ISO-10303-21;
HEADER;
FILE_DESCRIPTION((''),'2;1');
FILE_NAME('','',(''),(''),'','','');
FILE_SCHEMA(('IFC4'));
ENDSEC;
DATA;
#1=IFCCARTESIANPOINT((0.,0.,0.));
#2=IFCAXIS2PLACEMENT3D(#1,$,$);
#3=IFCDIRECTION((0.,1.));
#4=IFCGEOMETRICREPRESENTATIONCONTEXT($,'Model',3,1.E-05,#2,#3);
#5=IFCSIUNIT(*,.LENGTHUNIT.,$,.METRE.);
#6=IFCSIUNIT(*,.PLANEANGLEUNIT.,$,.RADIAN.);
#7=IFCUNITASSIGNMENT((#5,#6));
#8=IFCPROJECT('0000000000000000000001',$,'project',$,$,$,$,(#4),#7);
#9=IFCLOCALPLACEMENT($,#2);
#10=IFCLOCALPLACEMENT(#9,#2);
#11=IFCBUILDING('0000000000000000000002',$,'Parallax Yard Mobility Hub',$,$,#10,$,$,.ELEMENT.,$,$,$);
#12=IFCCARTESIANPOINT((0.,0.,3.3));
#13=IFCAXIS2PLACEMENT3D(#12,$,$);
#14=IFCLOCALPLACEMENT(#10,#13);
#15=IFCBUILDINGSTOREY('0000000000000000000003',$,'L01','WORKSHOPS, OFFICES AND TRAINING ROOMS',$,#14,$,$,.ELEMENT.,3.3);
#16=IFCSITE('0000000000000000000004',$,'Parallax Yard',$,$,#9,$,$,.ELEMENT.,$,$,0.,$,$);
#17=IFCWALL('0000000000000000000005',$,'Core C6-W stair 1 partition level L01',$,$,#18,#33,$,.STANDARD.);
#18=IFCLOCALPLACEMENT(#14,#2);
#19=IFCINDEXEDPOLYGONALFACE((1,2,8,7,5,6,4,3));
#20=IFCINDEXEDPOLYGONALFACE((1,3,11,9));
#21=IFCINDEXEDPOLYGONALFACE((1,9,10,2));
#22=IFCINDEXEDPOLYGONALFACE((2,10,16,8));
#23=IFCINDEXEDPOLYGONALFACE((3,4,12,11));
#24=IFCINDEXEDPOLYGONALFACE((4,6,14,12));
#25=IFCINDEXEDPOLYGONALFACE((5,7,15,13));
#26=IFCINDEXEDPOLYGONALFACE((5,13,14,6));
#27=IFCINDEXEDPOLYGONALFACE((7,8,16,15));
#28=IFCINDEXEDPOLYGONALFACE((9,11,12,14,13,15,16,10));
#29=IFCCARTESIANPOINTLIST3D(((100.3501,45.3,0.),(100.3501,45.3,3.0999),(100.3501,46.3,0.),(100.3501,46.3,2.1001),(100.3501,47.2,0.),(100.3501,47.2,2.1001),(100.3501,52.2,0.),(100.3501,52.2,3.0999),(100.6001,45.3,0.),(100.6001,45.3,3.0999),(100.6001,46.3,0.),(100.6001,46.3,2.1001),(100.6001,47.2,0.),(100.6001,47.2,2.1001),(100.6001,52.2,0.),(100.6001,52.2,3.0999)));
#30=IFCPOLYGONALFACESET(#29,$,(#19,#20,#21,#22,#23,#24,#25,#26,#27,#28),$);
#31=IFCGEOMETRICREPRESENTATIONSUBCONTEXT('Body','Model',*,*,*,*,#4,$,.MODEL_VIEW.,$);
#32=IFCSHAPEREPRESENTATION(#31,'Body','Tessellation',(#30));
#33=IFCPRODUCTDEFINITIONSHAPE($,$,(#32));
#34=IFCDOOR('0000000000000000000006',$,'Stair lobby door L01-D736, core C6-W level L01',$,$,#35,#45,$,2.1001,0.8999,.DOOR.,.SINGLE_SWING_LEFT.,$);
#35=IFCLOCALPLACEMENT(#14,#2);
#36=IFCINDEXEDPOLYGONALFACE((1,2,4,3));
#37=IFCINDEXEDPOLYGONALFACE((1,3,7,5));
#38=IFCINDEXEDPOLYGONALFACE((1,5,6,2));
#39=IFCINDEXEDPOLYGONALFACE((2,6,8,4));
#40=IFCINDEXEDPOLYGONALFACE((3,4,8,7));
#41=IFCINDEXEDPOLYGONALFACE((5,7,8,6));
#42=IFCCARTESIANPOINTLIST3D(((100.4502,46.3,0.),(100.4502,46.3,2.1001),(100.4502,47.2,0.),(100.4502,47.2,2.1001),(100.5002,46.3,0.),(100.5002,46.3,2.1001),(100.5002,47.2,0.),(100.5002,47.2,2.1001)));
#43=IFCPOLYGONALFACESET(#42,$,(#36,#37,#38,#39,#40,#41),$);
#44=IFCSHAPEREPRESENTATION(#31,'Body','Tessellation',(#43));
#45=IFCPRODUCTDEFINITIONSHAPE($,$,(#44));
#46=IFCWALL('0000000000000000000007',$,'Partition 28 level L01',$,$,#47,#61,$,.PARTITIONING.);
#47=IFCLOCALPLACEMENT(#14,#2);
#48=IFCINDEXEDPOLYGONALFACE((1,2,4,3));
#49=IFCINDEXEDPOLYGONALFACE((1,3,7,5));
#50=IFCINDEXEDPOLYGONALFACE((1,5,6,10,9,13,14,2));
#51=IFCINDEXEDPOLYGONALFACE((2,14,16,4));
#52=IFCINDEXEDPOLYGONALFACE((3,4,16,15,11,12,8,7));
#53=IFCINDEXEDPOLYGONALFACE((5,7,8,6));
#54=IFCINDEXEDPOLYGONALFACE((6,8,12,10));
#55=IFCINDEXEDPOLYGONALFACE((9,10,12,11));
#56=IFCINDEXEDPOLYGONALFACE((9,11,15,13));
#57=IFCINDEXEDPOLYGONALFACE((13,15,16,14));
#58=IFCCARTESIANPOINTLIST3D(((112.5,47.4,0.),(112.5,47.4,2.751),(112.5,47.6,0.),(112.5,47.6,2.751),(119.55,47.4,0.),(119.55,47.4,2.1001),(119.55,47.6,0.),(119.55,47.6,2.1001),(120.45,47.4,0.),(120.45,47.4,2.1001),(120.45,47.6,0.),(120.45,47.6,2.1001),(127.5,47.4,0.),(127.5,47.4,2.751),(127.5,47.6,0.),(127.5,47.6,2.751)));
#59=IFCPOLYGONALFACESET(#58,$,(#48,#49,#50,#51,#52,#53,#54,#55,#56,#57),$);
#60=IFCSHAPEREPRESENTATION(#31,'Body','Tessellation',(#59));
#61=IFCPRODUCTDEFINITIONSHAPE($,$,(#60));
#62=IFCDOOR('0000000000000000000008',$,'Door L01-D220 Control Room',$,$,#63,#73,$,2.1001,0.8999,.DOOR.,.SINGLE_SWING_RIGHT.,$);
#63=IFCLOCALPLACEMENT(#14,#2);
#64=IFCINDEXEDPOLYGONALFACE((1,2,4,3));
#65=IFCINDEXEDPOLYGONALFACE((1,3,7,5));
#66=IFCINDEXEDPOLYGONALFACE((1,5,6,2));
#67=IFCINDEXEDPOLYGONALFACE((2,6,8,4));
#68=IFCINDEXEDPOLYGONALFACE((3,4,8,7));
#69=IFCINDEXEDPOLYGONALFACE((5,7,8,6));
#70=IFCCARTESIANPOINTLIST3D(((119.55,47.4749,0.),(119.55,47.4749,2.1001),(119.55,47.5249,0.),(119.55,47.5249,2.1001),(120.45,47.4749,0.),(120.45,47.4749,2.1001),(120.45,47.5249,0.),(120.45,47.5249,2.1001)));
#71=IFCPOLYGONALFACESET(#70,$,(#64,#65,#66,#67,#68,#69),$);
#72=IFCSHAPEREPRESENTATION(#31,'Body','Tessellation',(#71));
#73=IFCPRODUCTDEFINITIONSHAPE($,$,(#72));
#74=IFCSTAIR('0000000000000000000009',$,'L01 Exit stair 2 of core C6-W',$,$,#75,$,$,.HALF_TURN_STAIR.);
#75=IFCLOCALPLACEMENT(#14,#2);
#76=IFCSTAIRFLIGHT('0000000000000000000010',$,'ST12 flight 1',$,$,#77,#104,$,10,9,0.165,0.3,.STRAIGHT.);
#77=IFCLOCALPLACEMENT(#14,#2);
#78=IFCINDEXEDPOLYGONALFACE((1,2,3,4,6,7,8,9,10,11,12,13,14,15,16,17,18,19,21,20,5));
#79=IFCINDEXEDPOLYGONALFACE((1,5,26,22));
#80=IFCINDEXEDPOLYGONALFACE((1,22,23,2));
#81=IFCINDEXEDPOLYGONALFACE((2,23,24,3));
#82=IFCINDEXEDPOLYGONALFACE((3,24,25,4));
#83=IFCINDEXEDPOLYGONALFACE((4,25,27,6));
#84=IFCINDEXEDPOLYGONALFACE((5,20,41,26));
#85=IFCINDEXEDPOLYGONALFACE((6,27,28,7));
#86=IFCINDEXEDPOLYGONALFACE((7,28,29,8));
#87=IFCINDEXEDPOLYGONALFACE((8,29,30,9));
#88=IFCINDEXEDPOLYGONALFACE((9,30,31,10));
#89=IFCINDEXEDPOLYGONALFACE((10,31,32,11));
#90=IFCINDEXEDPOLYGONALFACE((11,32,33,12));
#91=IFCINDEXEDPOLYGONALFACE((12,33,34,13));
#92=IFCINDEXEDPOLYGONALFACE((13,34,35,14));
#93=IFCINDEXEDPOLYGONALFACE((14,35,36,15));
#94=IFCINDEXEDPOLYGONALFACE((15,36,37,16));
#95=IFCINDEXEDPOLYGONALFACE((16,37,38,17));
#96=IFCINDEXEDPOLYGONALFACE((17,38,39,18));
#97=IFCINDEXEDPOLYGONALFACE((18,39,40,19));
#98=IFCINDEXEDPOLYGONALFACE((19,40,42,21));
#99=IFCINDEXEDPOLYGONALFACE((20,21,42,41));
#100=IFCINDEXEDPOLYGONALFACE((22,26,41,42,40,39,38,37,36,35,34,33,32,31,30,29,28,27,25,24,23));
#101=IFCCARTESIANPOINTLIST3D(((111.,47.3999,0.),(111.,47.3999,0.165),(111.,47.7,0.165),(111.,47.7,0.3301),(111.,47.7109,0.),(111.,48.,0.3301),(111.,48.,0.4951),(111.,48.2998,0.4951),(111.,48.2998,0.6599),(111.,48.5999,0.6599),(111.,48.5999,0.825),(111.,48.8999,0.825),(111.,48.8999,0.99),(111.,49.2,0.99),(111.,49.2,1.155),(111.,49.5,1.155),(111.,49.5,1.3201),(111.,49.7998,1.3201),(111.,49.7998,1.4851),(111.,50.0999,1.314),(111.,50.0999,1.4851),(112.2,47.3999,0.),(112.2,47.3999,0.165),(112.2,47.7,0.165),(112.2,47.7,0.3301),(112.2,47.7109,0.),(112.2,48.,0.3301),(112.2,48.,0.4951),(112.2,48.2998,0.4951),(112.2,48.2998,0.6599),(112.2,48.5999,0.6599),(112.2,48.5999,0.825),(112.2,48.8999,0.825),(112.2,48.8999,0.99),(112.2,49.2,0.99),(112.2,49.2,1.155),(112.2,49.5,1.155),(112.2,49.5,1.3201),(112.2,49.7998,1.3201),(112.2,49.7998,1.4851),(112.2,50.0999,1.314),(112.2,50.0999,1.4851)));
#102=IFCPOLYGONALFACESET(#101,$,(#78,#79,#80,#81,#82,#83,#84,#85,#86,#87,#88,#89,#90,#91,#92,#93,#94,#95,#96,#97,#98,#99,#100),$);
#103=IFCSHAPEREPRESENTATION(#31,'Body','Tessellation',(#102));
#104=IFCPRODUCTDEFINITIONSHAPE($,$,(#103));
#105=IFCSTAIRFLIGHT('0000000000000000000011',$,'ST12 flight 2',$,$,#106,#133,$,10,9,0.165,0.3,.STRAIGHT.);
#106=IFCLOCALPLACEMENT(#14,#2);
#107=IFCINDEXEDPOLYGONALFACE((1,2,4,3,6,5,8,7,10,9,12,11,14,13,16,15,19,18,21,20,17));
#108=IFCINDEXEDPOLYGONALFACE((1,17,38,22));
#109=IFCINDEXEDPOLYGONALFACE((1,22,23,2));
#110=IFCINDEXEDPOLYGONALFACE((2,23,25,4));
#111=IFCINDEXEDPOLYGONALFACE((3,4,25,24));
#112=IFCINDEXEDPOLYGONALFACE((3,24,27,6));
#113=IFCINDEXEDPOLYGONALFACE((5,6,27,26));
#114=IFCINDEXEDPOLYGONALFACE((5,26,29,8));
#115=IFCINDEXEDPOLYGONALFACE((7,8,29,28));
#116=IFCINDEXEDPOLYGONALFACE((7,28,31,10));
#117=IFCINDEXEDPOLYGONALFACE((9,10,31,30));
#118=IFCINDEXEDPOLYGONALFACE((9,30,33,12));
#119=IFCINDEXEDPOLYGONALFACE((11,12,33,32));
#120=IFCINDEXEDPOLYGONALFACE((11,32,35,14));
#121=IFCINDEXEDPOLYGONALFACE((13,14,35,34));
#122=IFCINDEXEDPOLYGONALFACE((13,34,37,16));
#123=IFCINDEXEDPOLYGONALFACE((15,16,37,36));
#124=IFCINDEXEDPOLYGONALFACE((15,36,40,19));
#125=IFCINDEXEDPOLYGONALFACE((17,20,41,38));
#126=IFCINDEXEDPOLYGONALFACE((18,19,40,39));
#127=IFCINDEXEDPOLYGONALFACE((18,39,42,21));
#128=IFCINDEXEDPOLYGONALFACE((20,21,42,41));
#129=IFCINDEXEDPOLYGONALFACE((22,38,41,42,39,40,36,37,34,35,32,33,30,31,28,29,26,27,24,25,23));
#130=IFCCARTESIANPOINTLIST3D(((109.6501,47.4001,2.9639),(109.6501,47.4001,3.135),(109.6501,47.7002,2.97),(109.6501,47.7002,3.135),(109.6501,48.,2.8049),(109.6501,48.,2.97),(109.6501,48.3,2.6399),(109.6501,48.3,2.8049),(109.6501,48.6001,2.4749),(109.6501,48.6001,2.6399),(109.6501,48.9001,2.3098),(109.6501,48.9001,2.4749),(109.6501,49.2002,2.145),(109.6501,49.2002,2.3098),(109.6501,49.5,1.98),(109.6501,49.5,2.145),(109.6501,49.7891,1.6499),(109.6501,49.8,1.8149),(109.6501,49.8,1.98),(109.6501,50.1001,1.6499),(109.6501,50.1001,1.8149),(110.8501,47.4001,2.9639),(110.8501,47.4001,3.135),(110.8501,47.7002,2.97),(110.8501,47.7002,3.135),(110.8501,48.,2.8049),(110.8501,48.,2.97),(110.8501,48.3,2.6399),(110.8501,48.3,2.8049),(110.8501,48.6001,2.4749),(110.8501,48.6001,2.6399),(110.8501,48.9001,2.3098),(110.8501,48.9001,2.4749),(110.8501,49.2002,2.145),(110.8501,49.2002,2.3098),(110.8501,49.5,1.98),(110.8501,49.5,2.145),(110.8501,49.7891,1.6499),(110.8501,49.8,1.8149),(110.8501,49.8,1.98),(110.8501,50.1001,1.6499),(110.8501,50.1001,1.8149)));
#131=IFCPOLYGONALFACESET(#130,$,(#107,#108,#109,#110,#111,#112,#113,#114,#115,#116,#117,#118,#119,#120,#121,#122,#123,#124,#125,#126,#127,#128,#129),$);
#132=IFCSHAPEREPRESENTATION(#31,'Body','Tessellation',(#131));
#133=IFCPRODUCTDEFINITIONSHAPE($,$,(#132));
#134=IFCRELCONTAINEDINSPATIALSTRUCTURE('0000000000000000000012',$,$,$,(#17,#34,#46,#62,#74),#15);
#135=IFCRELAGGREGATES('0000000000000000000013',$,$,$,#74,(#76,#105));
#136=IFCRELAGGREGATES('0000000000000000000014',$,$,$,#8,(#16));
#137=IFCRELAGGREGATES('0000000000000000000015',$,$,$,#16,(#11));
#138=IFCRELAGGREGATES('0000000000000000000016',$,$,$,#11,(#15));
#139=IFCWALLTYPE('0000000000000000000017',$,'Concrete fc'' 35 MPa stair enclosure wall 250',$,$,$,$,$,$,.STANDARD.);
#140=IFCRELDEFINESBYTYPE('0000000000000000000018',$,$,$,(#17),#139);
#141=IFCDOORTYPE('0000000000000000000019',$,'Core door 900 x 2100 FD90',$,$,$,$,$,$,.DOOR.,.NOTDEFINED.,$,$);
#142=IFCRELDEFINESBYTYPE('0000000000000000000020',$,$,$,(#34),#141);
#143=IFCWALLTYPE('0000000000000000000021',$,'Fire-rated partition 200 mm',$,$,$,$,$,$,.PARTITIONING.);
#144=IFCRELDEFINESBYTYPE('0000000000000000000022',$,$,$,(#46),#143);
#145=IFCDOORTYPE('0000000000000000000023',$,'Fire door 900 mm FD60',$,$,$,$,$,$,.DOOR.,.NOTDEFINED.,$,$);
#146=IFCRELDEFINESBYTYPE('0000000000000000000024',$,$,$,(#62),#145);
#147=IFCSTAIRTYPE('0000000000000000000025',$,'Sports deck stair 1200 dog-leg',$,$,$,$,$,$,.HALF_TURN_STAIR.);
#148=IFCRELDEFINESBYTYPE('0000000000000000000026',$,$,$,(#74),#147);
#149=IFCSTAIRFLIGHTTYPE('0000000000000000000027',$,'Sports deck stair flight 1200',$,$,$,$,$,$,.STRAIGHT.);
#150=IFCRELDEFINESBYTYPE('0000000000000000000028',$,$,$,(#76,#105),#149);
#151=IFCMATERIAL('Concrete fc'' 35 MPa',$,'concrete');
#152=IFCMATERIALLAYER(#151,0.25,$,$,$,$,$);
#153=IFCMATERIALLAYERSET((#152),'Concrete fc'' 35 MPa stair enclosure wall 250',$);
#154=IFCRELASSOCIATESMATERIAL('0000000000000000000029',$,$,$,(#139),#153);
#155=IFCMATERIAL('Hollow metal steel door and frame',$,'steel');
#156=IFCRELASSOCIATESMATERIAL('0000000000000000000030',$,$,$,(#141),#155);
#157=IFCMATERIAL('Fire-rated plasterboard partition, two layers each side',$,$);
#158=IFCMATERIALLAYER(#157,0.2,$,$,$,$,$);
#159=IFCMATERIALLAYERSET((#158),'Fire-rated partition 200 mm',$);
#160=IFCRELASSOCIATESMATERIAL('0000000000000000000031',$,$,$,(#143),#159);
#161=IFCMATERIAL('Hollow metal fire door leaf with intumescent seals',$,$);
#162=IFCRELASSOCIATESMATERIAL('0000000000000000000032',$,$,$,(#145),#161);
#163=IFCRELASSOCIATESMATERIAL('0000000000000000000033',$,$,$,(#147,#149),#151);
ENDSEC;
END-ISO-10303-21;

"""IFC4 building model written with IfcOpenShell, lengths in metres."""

from ifc_helpers import new_model, si_unit, direction, frame, frame_2d, origin, place, context, subcontext, project, spatial, polyline, rectangle, outline, extrude, material, layer, layer_set, type_object, element, fill, aggregate, save


model = new_model("IFC4")

# Units and contexts
model_context = context("Model", 3, precision=1e-05, world=origin(), true_north=direction((0.0, 1.0)))
body_context = subcontext(model_context, "Body", "Model", "MODEL_VIEW")
ifc_project = project(units=[si_unit("LENGTHUNIT", "METRE"), si_unit("PLANEANGLEUNIT", "RADIAN")], contexts=[model_context])

# Site, building, storey
site_placement = place(None, origin())
site = spatial("IfcSite", under=ifc_project, at=site_placement, Name="Parallax Yard", CompositionType="ELEMENT", RefElevation=0.0)
building_placement = place(site_placement, origin())
building = spatial("IfcBuilding", under=site, at=building_placement, Name="Parallax Yard Mobility Hub", CompositionType="ELEMENT")
storey_placement = place(building_placement, frame((0.0, 0.0, 3.3)))
storey = spatial("IfcBuildingStorey", under=building, at=storey_placement, Name="L01", Description="WORKSHOPS, OFFICES AND TRAINING ROOMS", CompositionType="ELEMENT", Elevation=3.3)

# Shared definitions
ifc_material_1 = material(Name="Concrete fc' 35 MPa", Category="concrete")
ifc_material_2 = material(Name="Hollow metal steel door and frame", Category="steel")

# Walls, openings, doors
ifc_layer_1 = layer(ifc_material_1, 0.25)
ifc_layer_set_1 = layer_set([ifc_layer_1], Name="Concrete fc' 35 MPa stair enclosure wall 250")
wall_type_1 = type_object("IfcWallType", Name="Concrete fc' 35 MPa stair enclosure wall 250", PredefinedType="STANDARD", material=ifc_layer_set_1)
wall_1_placement = place(storey_placement, frame((100.4751, 45.3, 0.0), z_axis=(0.0, 0.0, 1.0), x_axis=(0.0, 1.0, 0.0)))
wall_1 = element("IfcWall", 1, at=wall_1_placement, inside=storey, type_object=wall_type_1, Name="Core C6-W stair 1 partition level L01", PredefinedType="STANDARD", context=body_context, shape_type="SweptSolid", body=[
    extrude(rectangle(XDim=6.8999, YDim=0.25, at=frame_2d((3.45, 0.0))), origin(), (0.0, 0.0, 1.0), 3.0999),
])
opening_1_placement = place(wall_1_placement, frame((1.0, 0.0, 0.0)))
opening_1 = element("IfcOpeningElement", 2, at=opening_1_placement, cuts=wall_1, PredefinedType="OPENING", context=body_context, shape_type="SweptSolid", body=[
    extrude(rectangle(XDim=0.8999, YDim=2.1001, at=frame_2d((0.45, 1.05))), frame((0.0, 0.135, 0.0), z_axis=(0.0, -1.0, 0.0), x_axis=(1.0, 0.0, 0.0)), (0.0, 0.0, 1.0), 0.27),
])
door_type_1 = type_object("IfcDoorType", Name="Core door 900 x 2100 FD90", OperationType="NOTDEFINED", PredefinedType="DOOR", material=ifc_material_2)
door_1_placement = place(opening_1_placement, origin())
door_1 = element("IfcDoor", 3, at=door_1_placement, inside=storey, type_object=door_type_1, Name="Stair lobby door L01-D736, core C6-W level L01", OperationType="SINGLE_SWING_LEFT", OverallHeight=2.1001, OverallWidth=0.8999, PredefinedType="DOOR", context=body_context, shape_type="SweptSolid", body=[
    extrude(rectangle(XDim=0.8999, YDim=2.1001, at=frame_2d((0.45, 1.05))), frame((0.0, 0.0249, 0.0), z_axis=(0.0, -1.0, 0.0), x_axis=(1.0, 0.0, 0.0)), (0.0, 0.0, 1.0), 0.05),
])
fill(opening_1, door_1)
ifc_material_3 = material(Name="Fire-rated plasterboard partition, two layers each side")
ifc_layer_2 = layer(ifc_material_3, 0.2)
ifc_layer_set_2 = layer_set([ifc_layer_2], Name="Fire-rated partition 200 mm")
wall_type_2 = type_object("IfcWallType", Name="Fire-rated partition 200 mm", PredefinedType="PARTITIONING", material=ifc_layer_set_2)
wall_2_placement = place(storey_placement, frame((112.5, 47.5, 0.0), z_axis=(0.0, 0.0, 1.0), x_axis=(1.0, 0.0, 0.0)))
wall_2 = element("IfcWall", 4, at=wall_2_placement, inside=storey, type_object=wall_type_2, Name="Partition 28 level L01", PredefinedType="PARTITIONING", context=body_context, shape_type="SweptSolid", body=[
    extrude(rectangle(XDim=15.0, YDim=0.2, at=frame_2d((7.5, 0.0))), origin(), (0.0, 0.0, 1.0), 2.751),
])
opening_2_placement = place(wall_2_placement, frame((7.05, 0.0, 0.0)))
opening_2 = element("IfcOpeningElement", 5, at=opening_2_placement, cuts=wall_2, PredefinedType="OPENING", context=body_context, shape_type="SweptSolid", body=[
    extrude(rectangle(XDim=0.8999, YDim=2.1001, at=frame_2d((0.45, 1.05))), frame((0.0, 0.1099, 0.0), z_axis=(0.0, -1.0, 0.0), x_axis=(1.0, 0.0, 0.0)), (0.0, 0.0, 1.0), 0.22),
])
ifc_material_4 = material(Name="Hollow metal fire door leaf with intumescent seals")
door_type_2 = type_object("IfcDoorType", Name="Fire door 900 mm FD60", OperationType="NOTDEFINED", PredefinedType="DOOR", material=ifc_material_4)
door_2_placement = place(opening_2_placement, origin())
door_2 = element("IfcDoor", 6, at=door_2_placement, inside=storey, type_object=door_type_2, Name="Door L01-D220 Control Room", OperationType="SINGLE_SWING_RIGHT", OverallHeight=2.1001, OverallWidth=0.8999, PredefinedType="DOOR", context=body_context, shape_type="SweptSolid", body=[
    extrude(rectangle(XDim=0.8999, YDim=2.1001, at=frame_2d((0.45, 1.05))), frame((0.0, 0.0249, 0.0), z_axis=(0.0, -1.0, 0.0), x_axis=(1.0, 0.0, 0.0)), (0.0, 0.0, 1.0), 0.05),
])
fill(opening_2, door_2)

# Stair, stair flights
stair_type = type_object("IfcStairType", Name="Sports deck stair 1200 dog-leg", PredefinedType="HALF_TURN_STAIR", material=ifc_material_1)
stair_placement = place(storey_placement, origin())
stair = element("IfcStair", 7, at=stair_placement, inside=storey, type_object=stair_type, Name="L01 Exit stair 2 of core C6-W", PredefinedType="HALF_TURN_STAIR")
stair_flight_type = type_object("IfcStairFlightType", Name="Sports deck stair flight 1200", PredefinedType="STRAIGHT", material=ifc_material_1)
stair_flight_1_placement = place(storey_placement, frame((111.6001, 47.3999, 0.0), z_axis=(0.0, 0.0, 1.0), x_axis=(0.0, 1.0, 0.0)))
stair_flight_1 = element("IfcStairFlight", 8, at=stair_flight_1_placement, type_object=stair_flight_type, Name="ST12 flight 1", NumberOfRisers=10, NumberOfTreads=9, PredefinedType="STRAIGHT", RiserHeight=0.165, TreadLength=0.3, context=body_context, shape_type="SweptSolid", body=[
    extrude(outline(polyline([(0.0, 0.0), (0.0, 0.165), (0.3, 0.165), (0.3, 0.3301), (0.6001, 0.3301), (0.6001, 0.4951), (0.8999, 0.4951), (0.8999, 0.6599), (1.2, 0.6599), (1.2, 0.825), (1.5, 0.825), (1.5, 0.99), (1.8, 0.99), (1.8, 1.155), (2.1001, 1.155), (2.1001, 1.3201), (2.3999, 1.3201), (2.3999, 1.4851), (2.7, 1.4851), (2.7, 1.6499), (2.7, 1.314), (0.311, 0.0), (0.0, 0.0)])), frame((0.0, 0.6001, 0.0), z_axis=(0.0, -1.0, 0.0), x_axis=(1.0, 0.0, 0.0)), (0.0, 0.0, 1.0), 1.2),
])
stair_flight_2_placement = place(storey_placement, frame((110.25, 50.1001, 1.6499), z_axis=(0.0, 0.0, 1.0), x_axis=(0.0, -1.0, 0.0)))
stair_flight_2 = element("IfcStairFlight", 9, at=stair_flight_2_placement, type_object=stair_flight_type, Name="ST12 flight 2", NumberOfRisers=10, NumberOfTreads=9, PredefinedType="STRAIGHT", RiserHeight=0.165, TreadLength=0.3, context=body_context, shape_type="SweptSolid", body=[
    extrude(outline(polyline([(0.0, 0.0), (0.0, 0.165), (0.3, 0.165), (0.3, 0.3301), (0.6001, 0.3301), (0.6001, 0.4951), (0.8999, 0.4951), (0.8999, 0.6599), (1.2, 0.6599), (1.2, 0.825), (1.5, 0.825), (1.5, 0.99), (1.8, 0.99), (1.8, 1.155), (2.1001, 1.155), (2.1001, 1.3201), (2.3999, 1.3201), (2.3999, 1.4851), (2.7, 1.4851), (2.7, 1.6499), (2.7, 1.314), (0.311, 0.0), (0.0, 0.0)])), frame((0.0, 0.6001, 0.0), z_axis=(0.0, -1.0, 0.0), x_axis=(1.0, 0.0, 0.0)), (0.0, 0.0, 1.0), 1.2),
])
aggregate(stair, [stair_flight_1, stair_flight_2])

save(model, "model.ifc")
